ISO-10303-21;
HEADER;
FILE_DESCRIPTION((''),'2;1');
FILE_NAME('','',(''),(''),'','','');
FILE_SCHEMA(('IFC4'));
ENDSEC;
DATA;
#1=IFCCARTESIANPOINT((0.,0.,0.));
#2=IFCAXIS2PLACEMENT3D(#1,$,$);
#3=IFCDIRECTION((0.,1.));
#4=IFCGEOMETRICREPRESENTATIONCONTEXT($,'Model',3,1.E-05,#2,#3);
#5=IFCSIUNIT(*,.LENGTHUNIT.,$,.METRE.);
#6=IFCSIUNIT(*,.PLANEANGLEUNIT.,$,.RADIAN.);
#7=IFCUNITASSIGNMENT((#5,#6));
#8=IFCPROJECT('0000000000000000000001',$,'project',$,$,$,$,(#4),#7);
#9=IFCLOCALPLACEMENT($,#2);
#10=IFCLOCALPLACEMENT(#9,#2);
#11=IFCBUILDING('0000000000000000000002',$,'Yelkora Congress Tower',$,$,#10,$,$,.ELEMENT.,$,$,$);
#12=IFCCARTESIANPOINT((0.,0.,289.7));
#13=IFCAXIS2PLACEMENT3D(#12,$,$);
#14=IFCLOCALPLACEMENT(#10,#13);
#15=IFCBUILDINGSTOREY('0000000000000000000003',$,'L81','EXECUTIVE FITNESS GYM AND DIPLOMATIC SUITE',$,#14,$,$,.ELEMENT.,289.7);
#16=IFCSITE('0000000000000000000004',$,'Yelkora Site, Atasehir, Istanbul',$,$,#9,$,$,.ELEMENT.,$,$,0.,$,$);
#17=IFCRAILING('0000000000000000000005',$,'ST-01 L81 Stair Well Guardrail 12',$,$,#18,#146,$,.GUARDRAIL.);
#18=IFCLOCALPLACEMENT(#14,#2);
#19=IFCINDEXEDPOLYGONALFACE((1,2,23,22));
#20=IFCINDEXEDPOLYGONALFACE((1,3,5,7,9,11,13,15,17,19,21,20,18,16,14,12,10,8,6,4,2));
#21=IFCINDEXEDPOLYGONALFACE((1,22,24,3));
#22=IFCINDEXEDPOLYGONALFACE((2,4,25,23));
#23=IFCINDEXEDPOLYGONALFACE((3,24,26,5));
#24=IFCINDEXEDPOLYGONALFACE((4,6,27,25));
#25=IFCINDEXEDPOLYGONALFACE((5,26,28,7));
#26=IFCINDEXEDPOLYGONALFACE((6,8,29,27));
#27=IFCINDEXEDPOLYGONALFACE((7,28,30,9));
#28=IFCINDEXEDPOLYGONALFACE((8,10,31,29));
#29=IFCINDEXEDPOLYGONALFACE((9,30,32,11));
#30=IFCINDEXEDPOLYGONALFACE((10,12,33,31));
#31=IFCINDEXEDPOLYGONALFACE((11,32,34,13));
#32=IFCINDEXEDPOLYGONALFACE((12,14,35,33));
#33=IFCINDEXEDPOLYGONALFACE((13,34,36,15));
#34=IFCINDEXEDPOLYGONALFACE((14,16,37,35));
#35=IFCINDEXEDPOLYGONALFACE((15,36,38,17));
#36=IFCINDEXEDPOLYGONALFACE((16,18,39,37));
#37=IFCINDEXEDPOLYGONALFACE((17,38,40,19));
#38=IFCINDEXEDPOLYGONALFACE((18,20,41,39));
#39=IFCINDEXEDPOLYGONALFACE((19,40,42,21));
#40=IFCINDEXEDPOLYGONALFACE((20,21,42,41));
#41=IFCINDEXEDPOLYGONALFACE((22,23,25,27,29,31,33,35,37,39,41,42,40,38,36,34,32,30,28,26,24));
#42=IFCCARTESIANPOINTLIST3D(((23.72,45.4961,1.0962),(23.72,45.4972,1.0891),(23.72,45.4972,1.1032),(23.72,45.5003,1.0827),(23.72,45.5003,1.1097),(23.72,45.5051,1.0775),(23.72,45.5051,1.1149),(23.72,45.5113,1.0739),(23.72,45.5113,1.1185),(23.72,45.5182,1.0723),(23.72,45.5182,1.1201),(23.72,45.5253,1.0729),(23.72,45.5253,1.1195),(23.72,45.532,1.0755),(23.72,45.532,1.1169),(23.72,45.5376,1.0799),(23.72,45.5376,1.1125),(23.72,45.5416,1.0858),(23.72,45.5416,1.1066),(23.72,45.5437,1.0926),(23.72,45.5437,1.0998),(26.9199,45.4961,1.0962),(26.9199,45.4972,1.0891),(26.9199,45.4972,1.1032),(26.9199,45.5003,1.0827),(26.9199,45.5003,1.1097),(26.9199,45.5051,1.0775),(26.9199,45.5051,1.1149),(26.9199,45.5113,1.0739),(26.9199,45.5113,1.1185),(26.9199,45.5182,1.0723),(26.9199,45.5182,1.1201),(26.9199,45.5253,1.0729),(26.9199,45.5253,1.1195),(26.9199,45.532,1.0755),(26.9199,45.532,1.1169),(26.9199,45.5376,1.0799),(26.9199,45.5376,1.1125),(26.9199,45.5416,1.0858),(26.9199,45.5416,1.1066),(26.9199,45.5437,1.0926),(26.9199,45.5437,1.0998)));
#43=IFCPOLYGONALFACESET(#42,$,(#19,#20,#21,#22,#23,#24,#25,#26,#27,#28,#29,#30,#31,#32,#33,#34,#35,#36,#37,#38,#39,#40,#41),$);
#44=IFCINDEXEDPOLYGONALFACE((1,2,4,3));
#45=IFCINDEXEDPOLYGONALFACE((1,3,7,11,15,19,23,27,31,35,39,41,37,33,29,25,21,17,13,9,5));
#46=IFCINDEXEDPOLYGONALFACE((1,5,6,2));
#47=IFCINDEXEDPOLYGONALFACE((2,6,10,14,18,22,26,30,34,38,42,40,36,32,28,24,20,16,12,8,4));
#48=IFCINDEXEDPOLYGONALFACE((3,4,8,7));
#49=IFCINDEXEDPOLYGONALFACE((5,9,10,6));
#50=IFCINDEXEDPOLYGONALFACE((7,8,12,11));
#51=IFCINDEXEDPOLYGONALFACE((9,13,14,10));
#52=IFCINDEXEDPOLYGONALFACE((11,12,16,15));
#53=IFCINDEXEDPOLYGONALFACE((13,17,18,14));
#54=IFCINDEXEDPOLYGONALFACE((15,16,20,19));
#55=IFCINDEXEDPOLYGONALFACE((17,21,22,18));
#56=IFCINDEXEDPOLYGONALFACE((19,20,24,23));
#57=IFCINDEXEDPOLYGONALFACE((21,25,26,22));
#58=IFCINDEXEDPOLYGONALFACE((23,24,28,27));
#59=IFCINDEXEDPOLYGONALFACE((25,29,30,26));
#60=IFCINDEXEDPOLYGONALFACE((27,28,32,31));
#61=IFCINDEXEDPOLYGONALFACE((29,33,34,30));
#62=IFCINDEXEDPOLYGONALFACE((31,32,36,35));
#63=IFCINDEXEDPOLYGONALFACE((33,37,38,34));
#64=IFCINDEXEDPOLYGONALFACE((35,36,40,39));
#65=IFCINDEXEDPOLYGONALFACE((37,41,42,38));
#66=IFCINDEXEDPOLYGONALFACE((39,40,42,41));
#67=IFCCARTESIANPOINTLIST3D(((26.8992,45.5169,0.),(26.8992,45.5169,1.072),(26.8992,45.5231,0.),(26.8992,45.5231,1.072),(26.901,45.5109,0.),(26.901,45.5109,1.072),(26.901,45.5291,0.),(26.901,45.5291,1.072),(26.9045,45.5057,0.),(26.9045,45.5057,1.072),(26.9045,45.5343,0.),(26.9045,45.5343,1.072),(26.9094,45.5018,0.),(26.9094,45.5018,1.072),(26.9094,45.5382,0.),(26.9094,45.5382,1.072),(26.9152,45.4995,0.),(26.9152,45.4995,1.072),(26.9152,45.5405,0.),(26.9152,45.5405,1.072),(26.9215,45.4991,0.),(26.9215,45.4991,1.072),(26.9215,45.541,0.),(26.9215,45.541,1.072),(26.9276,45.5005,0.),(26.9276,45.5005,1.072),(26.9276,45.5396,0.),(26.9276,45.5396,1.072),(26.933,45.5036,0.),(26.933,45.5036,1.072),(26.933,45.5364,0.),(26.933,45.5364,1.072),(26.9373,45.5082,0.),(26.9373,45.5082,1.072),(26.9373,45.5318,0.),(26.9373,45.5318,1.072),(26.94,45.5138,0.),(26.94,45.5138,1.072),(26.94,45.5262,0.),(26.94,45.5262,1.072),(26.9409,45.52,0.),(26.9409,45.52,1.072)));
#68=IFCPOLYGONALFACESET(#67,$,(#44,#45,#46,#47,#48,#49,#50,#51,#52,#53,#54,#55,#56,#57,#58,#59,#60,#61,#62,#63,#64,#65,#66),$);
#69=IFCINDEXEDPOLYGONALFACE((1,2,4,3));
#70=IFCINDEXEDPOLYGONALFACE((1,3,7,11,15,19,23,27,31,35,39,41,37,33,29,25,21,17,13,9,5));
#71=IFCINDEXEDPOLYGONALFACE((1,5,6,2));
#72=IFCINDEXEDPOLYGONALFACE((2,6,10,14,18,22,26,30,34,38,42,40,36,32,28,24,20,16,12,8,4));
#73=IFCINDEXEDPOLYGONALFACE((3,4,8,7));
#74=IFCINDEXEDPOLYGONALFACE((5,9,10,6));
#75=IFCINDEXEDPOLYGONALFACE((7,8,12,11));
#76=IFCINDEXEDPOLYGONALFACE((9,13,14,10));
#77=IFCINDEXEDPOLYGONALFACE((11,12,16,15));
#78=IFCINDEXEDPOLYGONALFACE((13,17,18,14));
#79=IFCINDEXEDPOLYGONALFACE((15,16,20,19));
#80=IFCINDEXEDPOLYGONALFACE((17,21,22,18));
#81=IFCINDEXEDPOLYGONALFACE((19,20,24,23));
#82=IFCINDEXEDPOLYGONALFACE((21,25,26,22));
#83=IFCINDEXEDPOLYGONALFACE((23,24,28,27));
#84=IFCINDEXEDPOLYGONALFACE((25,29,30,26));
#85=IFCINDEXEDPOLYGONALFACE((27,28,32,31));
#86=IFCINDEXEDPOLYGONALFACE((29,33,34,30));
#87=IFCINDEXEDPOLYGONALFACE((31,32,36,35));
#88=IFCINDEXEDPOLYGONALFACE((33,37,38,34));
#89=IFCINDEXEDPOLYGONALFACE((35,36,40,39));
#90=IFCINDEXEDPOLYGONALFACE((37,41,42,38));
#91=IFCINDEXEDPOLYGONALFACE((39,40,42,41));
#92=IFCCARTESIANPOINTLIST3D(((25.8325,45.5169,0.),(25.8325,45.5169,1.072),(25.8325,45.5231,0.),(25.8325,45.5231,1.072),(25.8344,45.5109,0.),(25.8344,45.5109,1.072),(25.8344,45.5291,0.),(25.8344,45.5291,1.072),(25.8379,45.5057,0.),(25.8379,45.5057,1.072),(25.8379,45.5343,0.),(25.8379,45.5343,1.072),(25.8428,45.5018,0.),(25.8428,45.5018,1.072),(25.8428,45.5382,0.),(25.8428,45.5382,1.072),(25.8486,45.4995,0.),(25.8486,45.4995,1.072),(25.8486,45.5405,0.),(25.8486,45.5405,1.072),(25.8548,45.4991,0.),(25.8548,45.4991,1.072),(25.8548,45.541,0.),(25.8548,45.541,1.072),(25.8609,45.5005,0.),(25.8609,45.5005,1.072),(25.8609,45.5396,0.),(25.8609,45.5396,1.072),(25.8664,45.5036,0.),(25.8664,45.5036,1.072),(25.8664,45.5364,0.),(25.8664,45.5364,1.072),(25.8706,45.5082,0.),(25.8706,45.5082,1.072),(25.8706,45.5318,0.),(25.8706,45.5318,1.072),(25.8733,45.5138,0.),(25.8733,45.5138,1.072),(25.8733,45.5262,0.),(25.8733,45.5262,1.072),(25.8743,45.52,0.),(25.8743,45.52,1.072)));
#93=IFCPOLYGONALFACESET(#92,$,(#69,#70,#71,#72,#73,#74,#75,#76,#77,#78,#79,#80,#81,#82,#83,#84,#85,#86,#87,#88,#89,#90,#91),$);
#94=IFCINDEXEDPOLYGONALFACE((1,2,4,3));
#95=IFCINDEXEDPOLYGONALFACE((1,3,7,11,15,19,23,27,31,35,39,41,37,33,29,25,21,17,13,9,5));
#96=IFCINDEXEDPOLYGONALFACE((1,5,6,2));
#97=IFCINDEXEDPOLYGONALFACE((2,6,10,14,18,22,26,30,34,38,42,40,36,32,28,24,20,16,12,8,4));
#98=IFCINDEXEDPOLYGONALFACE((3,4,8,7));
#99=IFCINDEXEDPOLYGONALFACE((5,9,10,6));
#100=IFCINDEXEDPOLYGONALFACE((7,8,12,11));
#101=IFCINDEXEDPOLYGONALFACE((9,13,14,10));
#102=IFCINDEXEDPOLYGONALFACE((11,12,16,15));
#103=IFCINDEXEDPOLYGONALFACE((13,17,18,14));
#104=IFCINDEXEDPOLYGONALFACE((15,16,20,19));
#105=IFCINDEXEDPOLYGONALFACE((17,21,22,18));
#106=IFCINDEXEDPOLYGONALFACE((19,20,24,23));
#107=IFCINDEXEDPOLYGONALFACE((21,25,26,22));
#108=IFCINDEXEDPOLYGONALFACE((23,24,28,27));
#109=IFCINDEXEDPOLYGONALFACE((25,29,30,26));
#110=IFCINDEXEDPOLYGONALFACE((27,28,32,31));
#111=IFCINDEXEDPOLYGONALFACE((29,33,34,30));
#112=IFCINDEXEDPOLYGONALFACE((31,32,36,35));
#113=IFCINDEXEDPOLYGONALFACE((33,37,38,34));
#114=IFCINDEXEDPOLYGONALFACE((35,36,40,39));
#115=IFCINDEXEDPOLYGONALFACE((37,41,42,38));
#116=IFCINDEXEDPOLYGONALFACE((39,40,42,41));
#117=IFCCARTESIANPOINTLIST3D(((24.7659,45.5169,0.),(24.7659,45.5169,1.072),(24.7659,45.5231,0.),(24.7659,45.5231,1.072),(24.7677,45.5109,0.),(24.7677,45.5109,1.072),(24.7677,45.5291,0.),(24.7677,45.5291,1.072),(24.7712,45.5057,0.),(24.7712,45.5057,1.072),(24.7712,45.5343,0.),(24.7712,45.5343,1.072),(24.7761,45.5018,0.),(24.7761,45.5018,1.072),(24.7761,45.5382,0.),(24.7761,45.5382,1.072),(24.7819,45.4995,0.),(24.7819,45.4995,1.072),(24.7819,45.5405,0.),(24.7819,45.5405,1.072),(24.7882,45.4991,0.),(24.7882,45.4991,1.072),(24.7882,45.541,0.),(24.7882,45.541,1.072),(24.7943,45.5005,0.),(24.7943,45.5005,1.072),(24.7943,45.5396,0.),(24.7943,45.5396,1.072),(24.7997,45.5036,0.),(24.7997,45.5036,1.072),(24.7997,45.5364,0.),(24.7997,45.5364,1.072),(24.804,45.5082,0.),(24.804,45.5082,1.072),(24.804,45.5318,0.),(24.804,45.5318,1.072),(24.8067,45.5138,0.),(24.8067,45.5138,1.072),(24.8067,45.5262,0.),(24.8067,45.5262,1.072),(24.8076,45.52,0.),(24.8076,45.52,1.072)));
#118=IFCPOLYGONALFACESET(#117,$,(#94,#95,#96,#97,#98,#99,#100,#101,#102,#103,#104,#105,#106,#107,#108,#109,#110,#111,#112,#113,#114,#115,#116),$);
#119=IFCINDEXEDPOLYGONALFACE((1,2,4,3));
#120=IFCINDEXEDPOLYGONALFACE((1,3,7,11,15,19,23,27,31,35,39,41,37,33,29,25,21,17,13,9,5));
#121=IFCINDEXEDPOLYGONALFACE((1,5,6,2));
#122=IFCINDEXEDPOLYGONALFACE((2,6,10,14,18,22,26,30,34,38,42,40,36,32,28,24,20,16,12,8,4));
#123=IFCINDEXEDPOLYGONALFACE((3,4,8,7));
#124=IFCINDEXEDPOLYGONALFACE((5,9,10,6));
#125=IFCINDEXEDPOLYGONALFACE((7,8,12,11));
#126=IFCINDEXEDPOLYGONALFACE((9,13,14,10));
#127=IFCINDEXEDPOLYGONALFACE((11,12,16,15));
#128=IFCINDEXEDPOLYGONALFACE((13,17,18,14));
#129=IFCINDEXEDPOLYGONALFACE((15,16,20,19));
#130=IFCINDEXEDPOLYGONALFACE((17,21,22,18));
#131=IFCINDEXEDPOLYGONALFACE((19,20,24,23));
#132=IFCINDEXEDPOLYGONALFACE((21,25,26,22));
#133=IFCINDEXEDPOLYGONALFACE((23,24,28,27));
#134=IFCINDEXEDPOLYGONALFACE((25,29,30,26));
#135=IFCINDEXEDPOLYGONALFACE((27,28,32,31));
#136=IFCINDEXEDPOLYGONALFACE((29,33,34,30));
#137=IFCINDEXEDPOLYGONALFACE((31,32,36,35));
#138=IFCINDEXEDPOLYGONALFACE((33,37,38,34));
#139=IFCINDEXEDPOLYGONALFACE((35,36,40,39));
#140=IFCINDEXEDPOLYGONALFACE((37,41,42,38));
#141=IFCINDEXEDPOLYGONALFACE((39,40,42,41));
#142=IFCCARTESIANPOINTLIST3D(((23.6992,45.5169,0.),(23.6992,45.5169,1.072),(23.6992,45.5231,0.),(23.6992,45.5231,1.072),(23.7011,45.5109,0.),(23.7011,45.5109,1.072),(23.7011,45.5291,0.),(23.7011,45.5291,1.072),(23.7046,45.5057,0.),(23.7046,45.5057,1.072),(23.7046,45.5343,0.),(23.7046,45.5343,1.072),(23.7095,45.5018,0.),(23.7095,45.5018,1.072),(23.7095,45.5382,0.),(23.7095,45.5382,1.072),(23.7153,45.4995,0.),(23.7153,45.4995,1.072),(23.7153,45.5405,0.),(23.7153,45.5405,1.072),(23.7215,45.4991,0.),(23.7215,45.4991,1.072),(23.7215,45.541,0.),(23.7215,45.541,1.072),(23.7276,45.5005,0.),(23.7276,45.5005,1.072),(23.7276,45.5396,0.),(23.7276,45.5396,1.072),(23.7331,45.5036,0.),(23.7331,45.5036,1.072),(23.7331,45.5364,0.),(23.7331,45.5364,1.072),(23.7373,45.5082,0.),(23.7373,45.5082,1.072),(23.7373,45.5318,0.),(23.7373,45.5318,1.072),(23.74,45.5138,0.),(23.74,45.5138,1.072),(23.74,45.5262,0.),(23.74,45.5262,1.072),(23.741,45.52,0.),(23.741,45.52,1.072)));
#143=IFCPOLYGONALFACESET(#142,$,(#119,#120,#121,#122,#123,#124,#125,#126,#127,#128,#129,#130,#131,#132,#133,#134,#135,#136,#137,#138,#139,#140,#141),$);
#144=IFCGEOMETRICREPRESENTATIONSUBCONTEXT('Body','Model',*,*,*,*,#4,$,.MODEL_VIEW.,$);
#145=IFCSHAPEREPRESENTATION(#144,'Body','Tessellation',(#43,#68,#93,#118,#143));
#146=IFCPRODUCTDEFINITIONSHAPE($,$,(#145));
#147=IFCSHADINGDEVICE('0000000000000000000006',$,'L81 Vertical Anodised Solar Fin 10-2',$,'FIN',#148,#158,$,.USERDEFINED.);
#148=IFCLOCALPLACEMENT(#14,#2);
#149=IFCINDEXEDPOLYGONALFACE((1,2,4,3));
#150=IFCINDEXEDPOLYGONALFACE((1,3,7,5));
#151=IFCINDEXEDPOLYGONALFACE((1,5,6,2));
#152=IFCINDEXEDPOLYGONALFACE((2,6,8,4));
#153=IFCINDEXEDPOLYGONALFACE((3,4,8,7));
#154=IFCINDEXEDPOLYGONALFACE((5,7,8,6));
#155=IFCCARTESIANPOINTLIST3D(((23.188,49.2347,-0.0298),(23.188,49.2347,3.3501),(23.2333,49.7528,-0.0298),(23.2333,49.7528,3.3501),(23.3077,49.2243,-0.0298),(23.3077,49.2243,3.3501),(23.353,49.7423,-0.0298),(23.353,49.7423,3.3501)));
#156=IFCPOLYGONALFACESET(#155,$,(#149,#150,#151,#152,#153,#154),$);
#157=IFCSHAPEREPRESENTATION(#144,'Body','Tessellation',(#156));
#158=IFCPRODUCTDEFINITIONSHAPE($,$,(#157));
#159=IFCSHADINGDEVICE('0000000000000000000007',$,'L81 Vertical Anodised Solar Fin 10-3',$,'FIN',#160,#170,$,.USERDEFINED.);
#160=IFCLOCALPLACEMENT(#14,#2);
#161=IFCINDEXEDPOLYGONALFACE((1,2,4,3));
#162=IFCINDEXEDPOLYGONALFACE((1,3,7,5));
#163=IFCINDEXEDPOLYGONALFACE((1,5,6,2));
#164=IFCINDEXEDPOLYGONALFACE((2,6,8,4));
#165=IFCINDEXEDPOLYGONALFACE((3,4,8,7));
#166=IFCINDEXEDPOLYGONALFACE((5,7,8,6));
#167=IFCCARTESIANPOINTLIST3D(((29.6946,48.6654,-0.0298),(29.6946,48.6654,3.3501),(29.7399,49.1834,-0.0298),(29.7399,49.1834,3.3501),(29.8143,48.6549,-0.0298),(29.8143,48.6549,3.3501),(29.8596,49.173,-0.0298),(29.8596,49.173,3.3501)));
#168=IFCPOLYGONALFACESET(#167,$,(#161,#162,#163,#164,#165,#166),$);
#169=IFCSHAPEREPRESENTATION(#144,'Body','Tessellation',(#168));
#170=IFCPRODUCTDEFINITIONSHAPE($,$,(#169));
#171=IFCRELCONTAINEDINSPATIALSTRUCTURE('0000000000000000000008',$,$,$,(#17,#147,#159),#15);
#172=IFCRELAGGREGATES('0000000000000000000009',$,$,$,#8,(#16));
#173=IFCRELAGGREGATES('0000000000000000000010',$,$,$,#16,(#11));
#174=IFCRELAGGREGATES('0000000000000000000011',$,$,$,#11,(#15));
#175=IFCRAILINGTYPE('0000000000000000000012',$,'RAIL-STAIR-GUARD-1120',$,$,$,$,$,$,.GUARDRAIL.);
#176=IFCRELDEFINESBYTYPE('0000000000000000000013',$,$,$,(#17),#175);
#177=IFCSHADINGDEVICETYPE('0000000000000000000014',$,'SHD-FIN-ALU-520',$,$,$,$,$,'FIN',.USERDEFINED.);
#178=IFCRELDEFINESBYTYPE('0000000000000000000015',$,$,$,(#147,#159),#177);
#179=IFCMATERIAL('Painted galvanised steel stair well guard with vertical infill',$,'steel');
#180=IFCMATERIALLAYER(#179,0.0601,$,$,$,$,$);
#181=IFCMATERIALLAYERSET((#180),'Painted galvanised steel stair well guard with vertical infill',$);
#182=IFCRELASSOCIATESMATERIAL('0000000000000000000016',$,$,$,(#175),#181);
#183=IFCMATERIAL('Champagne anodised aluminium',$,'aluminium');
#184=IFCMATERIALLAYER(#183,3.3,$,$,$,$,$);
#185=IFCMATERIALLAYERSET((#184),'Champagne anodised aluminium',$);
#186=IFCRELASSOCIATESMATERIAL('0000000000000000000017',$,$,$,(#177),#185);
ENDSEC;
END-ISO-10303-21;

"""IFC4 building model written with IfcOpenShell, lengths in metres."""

from ifc_helpers import new_model, si_unit, direction, frame, origin, origin_2d, place, context, subcontext, project, spatial, rectangle, circle, extrude, material, layer, layer_set, type_object, element, save


model = new_model("IFC4")

# Units and contexts
model_context = context("Model", 3, precision=1e-05, world=origin(), true_north=direction((0.0, 1.0)))
body_context = subcontext(model_context, "Body", "Model", "MODEL_VIEW")
ifc_project = project(units=[si_unit("LENGTHUNIT", "METRE"), si_unit("PLANEANGLEUNIT", "RADIAN")], contexts=[model_context])

# Site, building, storey
site_placement = place(None, origin())
site = spatial("IfcSite", under=ifc_project, at=site_placement, Name="Yelkora Site, Atasehir, Istanbul", CompositionType="ELEMENT", RefElevation=0.0)
building_placement = place(site_placement, origin())
building = spatial("IfcBuilding", under=site, at=building_placement, Name="Yelkora Congress Tower", CompositionType="ELEMENT")
storey_placement = place(building_placement, frame((0.0, 0.0, 289.7)))
storey = spatial("IfcBuildingStorey", under=building, at=storey_placement, Name="L81", Description="EXECUTIVE FITNESS GYM AND DIPLOMATIC SUITE", CompositionType="ELEMENT", Elevation=289.7)

# Railing
ifc_material_1 = material(Name="Painted galvanised steel stair well guard with vertical infill", Category="steel")
ifc_layer_1 = layer(ifc_material_1, 0.0601)
ifc_layer_set_1 = layer_set([ifc_layer_1], Name="Painted galvanised steel stair well guard with vertical infill")
railing_type = type_object("IfcRailingType", Name="RAIL-STAIR-GUARD-1120", PredefinedType="GUARDRAIL", material=ifc_layer_set_1)
railing_1_placement = place(storey_placement, frame((26.9199, 45.52, 0.0)))
element("IfcRailing", 1, at=railing_1_placement, inside=storey, type_object=railing_type, Name="ST-01 L81 Stair Well Guardrail 12", PredefinedType="GUARDRAIL", context=body_context, shape_type="SweptSolid", body=[
    extrude(circle(Radius=0.0239, at=origin_2d()), frame((0.0, 0.0, 1.0962), z_axis=(-1.0, 0.0, 0.0), x_axis=(0.0, -1.0, 0.0)), (0.0, 0.0, 1.0), 3.2),
    extrude(circle(Radius=0.021, at=origin_2d()), origin(), (0.0, 0.0, 1.0), 1.072),
    extrude(circle(Radius=0.021, at=origin_2d()), frame((-1.0667, 0.0, 0.0)), (0.0, 0.0, 1.0), 1.072),
    extrude(circle(Radius=0.021, at=origin_2d()), frame((-2.1333, 0.0, 0.0)), (0.0, 0.0, 1.0), 1.072),
    extrude(circle(Radius=0.021, at=origin_2d()), frame((-3.2, 0.0, 0.0)), (0.0, 0.0, 1.0), 1.072),
])

# Shading devices
ifc_material_2 = material(Name="Champagne anodised aluminium", Category="aluminium")
ifc_layer_2 = layer(ifc_material_2, 3.3)
ifc_layer_set_2 = layer_set([ifc_layer_2], Name="Champagne anodised aluminium")
shading_device_type = type_object("IfcShadingDeviceType", Name="SHD-FIN-ALU-520", ElementType="FIN", PredefinedType="USERDEFINED", material=ifc_layer_set_2)
for number, where, z_axis, x_axis, name in (
    (2, (23.2705, 49.4885, -0.0298), (0.0, 0.0, 1.0), (0.996195, -0.087156, 0.0), "L81 Vertical Anodised Solar Fin 10-2"),
    (3, (29.7771, 48.9192, -0.0298), (0.0, 0.0, 1.0), (0.996195, -0.087156, 0.0), "L81 Vertical Anodised Solar Fin 10-3"),
):
    element("IfcShadingDevice", number, at=place(storey_placement, frame(where, z_axis=z_axis, x_axis=x_axis)), inside=storey, type_object=shading_device_type, Name=name, ObjectType="FIN", PredefinedType="USERDEFINED", context=body_context, shape_type="SweptSolid", body=[
        extrude(rectangle(XDim=0.1201, YDim=0.52, at=origin_2d()), origin(), (0.0, 0.0, 1.0), 3.3799),
    ])

save(model, "model.ifc")
